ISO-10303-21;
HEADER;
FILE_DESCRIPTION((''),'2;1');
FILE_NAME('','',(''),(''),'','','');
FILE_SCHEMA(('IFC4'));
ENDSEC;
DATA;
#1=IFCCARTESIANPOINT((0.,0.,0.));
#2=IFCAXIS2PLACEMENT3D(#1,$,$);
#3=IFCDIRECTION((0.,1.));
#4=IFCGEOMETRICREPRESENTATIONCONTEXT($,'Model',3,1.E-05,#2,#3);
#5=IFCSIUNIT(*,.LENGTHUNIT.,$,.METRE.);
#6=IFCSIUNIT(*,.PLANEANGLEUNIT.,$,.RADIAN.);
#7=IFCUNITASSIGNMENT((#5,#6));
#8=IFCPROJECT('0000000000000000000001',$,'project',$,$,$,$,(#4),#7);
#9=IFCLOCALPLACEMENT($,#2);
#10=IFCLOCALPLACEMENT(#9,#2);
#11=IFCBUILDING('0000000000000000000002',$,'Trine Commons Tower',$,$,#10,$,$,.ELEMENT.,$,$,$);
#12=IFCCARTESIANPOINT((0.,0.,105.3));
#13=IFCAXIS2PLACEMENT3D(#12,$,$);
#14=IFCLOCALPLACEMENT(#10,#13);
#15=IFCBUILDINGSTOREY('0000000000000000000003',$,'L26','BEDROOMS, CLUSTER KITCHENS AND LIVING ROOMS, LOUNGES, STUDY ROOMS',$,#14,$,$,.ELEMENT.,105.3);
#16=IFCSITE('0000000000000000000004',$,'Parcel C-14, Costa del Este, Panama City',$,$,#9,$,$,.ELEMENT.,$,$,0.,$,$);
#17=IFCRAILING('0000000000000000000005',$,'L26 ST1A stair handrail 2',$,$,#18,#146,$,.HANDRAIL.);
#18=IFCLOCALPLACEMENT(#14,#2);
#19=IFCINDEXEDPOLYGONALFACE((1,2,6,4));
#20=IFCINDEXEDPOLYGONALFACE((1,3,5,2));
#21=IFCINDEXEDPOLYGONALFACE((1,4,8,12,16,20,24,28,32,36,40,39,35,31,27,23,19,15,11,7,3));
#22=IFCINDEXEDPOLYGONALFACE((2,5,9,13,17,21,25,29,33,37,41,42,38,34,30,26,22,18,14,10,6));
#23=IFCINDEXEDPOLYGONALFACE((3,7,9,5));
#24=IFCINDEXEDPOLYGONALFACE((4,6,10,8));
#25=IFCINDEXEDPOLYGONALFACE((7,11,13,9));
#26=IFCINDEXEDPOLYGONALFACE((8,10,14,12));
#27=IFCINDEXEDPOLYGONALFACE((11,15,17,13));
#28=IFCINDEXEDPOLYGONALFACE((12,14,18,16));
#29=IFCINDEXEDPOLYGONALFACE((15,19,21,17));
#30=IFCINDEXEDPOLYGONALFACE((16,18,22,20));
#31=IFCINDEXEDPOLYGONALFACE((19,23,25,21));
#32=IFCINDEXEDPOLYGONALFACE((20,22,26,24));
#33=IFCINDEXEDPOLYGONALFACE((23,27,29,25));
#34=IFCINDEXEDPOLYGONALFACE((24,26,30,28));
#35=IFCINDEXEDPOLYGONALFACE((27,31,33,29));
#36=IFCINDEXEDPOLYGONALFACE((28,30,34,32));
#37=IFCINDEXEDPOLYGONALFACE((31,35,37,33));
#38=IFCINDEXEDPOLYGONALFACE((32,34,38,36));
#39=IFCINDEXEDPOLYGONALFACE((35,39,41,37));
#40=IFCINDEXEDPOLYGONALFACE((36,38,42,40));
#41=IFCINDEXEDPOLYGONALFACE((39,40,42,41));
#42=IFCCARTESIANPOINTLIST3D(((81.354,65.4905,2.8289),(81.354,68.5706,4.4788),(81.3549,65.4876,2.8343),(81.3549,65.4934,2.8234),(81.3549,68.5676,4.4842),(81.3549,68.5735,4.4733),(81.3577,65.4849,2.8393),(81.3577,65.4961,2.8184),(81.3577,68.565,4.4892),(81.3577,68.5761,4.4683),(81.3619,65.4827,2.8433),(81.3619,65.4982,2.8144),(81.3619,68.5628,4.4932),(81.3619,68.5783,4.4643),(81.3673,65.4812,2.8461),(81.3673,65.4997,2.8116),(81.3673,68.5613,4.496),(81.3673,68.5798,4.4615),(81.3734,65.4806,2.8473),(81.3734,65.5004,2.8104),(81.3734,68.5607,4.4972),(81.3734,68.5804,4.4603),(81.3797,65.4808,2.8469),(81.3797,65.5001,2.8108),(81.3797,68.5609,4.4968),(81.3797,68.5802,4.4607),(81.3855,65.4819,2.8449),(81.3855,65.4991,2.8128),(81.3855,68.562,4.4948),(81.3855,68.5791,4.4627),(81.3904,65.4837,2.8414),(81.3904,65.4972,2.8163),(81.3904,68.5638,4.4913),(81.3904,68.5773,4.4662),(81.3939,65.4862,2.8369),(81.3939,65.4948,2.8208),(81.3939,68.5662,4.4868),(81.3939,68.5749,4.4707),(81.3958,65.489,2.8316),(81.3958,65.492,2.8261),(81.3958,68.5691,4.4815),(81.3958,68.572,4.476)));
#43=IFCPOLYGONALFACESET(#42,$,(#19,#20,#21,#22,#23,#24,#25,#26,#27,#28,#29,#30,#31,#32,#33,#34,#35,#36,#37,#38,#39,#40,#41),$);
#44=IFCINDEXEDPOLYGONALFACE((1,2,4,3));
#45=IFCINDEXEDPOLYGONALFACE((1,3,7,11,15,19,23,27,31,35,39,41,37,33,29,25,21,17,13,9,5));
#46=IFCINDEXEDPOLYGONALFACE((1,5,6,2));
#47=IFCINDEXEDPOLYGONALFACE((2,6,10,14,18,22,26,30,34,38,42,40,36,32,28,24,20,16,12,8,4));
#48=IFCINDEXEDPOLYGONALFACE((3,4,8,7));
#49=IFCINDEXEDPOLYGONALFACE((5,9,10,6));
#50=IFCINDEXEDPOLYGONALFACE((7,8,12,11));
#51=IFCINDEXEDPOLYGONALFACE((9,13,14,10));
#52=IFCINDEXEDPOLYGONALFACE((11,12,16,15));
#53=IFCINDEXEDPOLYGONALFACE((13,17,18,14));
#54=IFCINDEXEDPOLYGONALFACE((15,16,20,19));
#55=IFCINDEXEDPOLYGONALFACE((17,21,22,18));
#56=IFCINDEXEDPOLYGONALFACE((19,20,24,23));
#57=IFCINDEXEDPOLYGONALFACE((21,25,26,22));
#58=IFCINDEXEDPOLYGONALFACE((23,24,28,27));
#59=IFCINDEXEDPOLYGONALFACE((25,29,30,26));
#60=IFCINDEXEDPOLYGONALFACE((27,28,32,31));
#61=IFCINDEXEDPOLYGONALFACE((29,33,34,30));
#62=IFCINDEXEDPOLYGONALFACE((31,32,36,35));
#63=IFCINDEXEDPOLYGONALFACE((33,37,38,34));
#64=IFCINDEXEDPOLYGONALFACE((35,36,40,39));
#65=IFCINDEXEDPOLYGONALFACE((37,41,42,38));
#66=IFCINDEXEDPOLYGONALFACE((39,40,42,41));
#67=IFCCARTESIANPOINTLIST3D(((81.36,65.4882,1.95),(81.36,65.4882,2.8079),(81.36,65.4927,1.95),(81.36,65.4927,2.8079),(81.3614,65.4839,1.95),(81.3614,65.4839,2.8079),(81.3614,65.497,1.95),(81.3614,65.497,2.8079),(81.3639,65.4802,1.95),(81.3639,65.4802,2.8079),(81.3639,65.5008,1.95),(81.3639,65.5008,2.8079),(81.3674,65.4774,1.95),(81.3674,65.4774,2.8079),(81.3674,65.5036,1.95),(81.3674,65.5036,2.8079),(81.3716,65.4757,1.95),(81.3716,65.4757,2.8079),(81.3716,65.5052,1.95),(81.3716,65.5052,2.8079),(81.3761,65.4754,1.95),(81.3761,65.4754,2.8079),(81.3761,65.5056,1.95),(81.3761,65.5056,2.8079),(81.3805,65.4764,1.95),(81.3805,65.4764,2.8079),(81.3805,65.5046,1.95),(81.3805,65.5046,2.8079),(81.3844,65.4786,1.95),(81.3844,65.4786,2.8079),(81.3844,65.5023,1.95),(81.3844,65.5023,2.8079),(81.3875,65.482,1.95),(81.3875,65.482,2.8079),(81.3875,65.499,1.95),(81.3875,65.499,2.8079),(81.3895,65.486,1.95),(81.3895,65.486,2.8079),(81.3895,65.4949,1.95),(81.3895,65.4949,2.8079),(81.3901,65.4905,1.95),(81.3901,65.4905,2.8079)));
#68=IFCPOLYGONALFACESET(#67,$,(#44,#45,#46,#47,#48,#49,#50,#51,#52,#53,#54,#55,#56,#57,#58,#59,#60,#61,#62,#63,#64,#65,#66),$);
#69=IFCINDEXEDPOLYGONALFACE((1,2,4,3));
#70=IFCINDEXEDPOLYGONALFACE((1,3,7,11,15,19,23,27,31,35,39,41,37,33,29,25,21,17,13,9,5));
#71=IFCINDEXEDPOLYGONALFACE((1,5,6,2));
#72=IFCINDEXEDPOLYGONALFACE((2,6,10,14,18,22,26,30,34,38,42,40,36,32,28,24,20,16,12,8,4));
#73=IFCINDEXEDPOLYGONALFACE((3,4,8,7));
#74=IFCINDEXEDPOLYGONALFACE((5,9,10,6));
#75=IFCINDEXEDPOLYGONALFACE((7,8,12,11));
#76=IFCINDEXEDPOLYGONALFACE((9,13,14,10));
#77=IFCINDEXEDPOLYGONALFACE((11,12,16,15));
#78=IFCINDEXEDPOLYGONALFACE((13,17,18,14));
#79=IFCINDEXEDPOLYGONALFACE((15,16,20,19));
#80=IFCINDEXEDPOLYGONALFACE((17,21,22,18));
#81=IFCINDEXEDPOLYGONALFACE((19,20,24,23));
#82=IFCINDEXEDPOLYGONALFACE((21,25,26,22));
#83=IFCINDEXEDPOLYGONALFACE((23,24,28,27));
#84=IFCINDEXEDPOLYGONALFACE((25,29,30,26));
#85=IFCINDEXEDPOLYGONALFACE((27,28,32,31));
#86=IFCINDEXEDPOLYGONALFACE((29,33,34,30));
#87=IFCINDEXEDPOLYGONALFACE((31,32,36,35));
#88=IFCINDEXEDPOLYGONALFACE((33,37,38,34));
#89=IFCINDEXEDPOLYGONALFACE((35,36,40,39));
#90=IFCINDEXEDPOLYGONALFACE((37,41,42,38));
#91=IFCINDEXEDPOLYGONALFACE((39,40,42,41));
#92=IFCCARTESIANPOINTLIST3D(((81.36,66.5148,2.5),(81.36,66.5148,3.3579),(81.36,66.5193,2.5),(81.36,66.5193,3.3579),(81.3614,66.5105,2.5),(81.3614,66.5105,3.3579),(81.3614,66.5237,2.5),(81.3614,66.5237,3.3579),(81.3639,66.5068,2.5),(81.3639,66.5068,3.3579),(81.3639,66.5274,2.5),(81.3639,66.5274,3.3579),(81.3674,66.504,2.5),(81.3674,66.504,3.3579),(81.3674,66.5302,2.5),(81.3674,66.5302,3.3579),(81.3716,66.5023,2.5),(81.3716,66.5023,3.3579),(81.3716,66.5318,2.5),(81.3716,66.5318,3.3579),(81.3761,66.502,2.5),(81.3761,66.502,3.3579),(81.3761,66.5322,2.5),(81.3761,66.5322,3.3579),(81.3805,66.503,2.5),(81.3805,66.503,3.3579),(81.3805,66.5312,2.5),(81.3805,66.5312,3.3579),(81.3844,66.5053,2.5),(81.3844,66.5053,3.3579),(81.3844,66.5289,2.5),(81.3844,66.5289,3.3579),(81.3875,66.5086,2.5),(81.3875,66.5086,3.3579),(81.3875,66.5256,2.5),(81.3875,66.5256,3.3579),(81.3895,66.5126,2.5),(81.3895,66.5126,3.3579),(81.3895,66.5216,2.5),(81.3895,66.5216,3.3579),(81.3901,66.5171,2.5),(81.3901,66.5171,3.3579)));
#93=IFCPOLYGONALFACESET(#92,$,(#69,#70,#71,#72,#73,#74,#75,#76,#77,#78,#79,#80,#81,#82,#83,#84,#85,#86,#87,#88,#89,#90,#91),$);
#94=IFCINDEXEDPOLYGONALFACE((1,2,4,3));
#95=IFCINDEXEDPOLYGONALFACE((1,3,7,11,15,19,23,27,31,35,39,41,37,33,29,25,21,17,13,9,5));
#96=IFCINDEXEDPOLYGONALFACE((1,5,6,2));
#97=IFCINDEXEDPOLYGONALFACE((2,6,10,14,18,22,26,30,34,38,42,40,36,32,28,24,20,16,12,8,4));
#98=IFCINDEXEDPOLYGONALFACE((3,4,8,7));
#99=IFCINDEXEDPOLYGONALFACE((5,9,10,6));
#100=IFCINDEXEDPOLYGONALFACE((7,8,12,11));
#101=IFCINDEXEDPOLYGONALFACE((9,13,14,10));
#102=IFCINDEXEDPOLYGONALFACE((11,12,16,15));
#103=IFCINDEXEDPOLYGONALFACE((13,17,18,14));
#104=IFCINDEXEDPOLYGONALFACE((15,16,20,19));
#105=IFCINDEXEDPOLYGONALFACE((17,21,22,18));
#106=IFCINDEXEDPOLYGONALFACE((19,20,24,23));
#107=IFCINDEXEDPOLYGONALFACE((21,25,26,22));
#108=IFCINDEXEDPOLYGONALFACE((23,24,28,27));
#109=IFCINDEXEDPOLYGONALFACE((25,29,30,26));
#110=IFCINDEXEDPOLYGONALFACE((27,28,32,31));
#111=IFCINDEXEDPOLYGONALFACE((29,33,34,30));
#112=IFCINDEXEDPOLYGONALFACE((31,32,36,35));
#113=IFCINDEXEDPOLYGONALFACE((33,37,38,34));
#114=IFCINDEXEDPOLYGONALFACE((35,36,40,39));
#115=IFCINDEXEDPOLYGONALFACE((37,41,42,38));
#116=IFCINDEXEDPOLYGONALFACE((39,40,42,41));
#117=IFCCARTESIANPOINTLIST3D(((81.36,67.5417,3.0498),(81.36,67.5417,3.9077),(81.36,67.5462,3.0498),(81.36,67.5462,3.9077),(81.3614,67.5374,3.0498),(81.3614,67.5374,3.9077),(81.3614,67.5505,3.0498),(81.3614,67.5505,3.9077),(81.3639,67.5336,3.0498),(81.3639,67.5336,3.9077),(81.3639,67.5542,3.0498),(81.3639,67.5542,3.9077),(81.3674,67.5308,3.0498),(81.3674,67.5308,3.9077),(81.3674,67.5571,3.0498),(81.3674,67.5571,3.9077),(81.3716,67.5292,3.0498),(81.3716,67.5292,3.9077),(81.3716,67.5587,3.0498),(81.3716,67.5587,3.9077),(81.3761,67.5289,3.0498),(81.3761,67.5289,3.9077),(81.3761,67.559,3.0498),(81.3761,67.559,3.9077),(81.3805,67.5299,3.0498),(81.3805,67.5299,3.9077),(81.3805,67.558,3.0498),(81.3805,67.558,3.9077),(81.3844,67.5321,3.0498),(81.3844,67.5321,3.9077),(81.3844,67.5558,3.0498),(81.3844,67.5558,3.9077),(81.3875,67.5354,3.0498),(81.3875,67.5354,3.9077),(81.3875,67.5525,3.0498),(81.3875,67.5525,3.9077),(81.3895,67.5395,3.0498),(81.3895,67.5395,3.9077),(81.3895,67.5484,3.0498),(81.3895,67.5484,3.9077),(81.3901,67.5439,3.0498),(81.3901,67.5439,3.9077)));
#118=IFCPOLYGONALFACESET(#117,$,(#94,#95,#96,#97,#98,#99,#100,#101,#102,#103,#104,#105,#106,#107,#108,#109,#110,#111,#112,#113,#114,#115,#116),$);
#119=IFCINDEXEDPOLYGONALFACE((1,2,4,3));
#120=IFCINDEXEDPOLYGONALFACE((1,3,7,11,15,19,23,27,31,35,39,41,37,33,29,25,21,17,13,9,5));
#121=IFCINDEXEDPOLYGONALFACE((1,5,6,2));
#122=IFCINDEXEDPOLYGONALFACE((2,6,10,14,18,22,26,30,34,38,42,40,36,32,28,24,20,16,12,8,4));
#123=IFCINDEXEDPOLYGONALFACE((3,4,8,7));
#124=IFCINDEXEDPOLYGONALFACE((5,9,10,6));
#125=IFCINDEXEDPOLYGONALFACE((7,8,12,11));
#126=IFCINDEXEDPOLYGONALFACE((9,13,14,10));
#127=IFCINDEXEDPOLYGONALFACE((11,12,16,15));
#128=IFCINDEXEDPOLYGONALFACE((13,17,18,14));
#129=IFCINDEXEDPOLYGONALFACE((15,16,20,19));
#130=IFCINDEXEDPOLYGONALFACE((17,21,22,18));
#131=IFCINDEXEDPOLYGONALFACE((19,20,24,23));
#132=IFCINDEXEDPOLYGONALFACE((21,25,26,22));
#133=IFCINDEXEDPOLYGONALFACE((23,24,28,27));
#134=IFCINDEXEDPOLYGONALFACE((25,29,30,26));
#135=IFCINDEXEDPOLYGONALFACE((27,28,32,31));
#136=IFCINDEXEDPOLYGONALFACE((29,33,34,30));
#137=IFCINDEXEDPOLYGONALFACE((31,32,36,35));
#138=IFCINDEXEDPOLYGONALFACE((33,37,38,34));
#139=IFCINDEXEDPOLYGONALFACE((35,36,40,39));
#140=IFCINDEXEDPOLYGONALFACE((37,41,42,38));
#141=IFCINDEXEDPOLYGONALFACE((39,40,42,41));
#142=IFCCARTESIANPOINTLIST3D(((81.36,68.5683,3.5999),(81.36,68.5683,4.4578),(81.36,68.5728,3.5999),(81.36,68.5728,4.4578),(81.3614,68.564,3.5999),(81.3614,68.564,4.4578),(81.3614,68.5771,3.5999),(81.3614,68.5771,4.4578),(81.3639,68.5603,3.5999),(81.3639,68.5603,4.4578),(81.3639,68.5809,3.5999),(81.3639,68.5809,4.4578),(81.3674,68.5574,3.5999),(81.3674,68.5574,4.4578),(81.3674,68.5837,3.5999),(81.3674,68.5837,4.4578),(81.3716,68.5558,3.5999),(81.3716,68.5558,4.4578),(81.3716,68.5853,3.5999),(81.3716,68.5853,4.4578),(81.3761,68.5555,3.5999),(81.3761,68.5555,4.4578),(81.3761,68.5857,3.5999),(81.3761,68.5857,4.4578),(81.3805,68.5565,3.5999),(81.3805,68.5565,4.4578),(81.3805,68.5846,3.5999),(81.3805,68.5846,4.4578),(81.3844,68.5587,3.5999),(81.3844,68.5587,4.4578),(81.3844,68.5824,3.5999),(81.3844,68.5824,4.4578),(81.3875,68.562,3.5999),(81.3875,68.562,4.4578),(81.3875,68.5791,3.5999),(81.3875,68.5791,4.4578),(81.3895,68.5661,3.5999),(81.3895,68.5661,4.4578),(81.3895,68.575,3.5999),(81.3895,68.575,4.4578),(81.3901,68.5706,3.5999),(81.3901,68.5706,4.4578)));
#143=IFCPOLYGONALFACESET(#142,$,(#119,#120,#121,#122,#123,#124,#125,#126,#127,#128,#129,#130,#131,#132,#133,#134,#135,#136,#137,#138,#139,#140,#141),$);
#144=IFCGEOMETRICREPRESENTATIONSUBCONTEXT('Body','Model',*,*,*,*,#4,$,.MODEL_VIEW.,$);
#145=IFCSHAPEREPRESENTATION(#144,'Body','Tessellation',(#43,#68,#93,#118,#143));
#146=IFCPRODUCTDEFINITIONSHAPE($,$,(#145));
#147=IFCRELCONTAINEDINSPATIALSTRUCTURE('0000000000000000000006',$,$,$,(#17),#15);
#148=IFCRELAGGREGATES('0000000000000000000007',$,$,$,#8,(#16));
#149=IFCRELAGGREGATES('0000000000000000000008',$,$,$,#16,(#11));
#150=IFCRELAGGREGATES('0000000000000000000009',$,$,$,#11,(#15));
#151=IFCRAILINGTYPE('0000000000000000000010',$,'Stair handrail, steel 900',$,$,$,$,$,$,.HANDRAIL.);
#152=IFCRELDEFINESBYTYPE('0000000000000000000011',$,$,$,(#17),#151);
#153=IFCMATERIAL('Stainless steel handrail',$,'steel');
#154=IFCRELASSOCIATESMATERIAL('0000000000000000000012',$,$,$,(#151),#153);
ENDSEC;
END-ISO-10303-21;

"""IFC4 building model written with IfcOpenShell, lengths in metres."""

from ifc_helpers import new_model, si_unit, direction, frame, origin, origin_2d, place, context, subcontext, project, spatial, circle, extrude, material, type_object, element, save


model = new_model("IFC4")

# Units and contexts
model_context = context("Model", 3, precision=1e-05, world=origin(), true_north=direction((0.0, 1.0)))
body_context = subcontext(model_context, "Body", "Model", "MODEL_VIEW")
ifc_project = project(units=[si_unit("LENGTHUNIT", "METRE"), si_unit("PLANEANGLEUNIT", "RADIAN")], contexts=[model_context])

# Site, building, storey
site_placement = place(None, origin())
site = spatial("IfcSite", under=ifc_project, at=site_placement, Name="Parcel C-14, Costa del Este, Panama City", CompositionType="ELEMENT", RefElevation=0.0)
building_placement = place(site_placement, origin())
building = spatial("IfcBuilding", under=site, at=building_placement, Name="Trine Commons Tower", CompositionType="ELEMENT")
storey_placement = place(building_placement, frame((0.0, 0.0, 105.3)))
storey = spatial("IfcBuildingStorey", under=building, at=storey_placement, Name="L26", Description="BEDROOMS, CLUSTER KITCHENS AND LIVING ROOMS, LOUNGES, STUDY ROOMS", CompositionType="ELEMENT", Elevation=105.3)

# Railing
ifc_material_1 = material(Name="Stainless steel handrail", Category="steel")
railing_type_1 = type_object("IfcRailingType", Name="Stair handrail, steel 900", PredefinedType="HANDRAIL", material=ifc_material_1)
railing_1_placement = place(storey_placement, frame((81.375, 65.4905, 1.95)))
element("IfcRailing", 1, at=railing_1_placement, inside=storey, type_object=railing_type_1, Name="L26 ST1A stair handrail 2", PredefinedType="HANDRAIL", context=body_context, shape_type="SweptSolid", body=[
    extrude(circle(Radius=0.021, at=origin_2d()), frame((0.0, 0.0, 0.8789), z_axis=(0.0, 0.881497, 0.47219), x_axis=(-1.0, 0.0, 0.0)), (0.0, 0.0, 1.0), 3.4941),
    extrude(circle(Radius=0.0151, at=origin_2d()), origin(), (0.0, 0.0, 1.0), 0.8579),
    extrude(circle(Radius=0.0151, at=origin_2d()), frame((0.0, 1.0266, 0.55)), (0.0, 0.0, 1.0), 0.8579),
    extrude(circle(Radius=0.0151, at=origin_2d()), frame((0.0, 2.0535, 1.0999)), (0.0, 0.0, 1.0), 0.8579),
    extrude(circle(Radius=0.0151, at=origin_2d()), frame((0.0, 3.0801, 1.6499)), (0.0, 0.0, 1.0), 0.8579),
])

save(model, "model.ifc")
